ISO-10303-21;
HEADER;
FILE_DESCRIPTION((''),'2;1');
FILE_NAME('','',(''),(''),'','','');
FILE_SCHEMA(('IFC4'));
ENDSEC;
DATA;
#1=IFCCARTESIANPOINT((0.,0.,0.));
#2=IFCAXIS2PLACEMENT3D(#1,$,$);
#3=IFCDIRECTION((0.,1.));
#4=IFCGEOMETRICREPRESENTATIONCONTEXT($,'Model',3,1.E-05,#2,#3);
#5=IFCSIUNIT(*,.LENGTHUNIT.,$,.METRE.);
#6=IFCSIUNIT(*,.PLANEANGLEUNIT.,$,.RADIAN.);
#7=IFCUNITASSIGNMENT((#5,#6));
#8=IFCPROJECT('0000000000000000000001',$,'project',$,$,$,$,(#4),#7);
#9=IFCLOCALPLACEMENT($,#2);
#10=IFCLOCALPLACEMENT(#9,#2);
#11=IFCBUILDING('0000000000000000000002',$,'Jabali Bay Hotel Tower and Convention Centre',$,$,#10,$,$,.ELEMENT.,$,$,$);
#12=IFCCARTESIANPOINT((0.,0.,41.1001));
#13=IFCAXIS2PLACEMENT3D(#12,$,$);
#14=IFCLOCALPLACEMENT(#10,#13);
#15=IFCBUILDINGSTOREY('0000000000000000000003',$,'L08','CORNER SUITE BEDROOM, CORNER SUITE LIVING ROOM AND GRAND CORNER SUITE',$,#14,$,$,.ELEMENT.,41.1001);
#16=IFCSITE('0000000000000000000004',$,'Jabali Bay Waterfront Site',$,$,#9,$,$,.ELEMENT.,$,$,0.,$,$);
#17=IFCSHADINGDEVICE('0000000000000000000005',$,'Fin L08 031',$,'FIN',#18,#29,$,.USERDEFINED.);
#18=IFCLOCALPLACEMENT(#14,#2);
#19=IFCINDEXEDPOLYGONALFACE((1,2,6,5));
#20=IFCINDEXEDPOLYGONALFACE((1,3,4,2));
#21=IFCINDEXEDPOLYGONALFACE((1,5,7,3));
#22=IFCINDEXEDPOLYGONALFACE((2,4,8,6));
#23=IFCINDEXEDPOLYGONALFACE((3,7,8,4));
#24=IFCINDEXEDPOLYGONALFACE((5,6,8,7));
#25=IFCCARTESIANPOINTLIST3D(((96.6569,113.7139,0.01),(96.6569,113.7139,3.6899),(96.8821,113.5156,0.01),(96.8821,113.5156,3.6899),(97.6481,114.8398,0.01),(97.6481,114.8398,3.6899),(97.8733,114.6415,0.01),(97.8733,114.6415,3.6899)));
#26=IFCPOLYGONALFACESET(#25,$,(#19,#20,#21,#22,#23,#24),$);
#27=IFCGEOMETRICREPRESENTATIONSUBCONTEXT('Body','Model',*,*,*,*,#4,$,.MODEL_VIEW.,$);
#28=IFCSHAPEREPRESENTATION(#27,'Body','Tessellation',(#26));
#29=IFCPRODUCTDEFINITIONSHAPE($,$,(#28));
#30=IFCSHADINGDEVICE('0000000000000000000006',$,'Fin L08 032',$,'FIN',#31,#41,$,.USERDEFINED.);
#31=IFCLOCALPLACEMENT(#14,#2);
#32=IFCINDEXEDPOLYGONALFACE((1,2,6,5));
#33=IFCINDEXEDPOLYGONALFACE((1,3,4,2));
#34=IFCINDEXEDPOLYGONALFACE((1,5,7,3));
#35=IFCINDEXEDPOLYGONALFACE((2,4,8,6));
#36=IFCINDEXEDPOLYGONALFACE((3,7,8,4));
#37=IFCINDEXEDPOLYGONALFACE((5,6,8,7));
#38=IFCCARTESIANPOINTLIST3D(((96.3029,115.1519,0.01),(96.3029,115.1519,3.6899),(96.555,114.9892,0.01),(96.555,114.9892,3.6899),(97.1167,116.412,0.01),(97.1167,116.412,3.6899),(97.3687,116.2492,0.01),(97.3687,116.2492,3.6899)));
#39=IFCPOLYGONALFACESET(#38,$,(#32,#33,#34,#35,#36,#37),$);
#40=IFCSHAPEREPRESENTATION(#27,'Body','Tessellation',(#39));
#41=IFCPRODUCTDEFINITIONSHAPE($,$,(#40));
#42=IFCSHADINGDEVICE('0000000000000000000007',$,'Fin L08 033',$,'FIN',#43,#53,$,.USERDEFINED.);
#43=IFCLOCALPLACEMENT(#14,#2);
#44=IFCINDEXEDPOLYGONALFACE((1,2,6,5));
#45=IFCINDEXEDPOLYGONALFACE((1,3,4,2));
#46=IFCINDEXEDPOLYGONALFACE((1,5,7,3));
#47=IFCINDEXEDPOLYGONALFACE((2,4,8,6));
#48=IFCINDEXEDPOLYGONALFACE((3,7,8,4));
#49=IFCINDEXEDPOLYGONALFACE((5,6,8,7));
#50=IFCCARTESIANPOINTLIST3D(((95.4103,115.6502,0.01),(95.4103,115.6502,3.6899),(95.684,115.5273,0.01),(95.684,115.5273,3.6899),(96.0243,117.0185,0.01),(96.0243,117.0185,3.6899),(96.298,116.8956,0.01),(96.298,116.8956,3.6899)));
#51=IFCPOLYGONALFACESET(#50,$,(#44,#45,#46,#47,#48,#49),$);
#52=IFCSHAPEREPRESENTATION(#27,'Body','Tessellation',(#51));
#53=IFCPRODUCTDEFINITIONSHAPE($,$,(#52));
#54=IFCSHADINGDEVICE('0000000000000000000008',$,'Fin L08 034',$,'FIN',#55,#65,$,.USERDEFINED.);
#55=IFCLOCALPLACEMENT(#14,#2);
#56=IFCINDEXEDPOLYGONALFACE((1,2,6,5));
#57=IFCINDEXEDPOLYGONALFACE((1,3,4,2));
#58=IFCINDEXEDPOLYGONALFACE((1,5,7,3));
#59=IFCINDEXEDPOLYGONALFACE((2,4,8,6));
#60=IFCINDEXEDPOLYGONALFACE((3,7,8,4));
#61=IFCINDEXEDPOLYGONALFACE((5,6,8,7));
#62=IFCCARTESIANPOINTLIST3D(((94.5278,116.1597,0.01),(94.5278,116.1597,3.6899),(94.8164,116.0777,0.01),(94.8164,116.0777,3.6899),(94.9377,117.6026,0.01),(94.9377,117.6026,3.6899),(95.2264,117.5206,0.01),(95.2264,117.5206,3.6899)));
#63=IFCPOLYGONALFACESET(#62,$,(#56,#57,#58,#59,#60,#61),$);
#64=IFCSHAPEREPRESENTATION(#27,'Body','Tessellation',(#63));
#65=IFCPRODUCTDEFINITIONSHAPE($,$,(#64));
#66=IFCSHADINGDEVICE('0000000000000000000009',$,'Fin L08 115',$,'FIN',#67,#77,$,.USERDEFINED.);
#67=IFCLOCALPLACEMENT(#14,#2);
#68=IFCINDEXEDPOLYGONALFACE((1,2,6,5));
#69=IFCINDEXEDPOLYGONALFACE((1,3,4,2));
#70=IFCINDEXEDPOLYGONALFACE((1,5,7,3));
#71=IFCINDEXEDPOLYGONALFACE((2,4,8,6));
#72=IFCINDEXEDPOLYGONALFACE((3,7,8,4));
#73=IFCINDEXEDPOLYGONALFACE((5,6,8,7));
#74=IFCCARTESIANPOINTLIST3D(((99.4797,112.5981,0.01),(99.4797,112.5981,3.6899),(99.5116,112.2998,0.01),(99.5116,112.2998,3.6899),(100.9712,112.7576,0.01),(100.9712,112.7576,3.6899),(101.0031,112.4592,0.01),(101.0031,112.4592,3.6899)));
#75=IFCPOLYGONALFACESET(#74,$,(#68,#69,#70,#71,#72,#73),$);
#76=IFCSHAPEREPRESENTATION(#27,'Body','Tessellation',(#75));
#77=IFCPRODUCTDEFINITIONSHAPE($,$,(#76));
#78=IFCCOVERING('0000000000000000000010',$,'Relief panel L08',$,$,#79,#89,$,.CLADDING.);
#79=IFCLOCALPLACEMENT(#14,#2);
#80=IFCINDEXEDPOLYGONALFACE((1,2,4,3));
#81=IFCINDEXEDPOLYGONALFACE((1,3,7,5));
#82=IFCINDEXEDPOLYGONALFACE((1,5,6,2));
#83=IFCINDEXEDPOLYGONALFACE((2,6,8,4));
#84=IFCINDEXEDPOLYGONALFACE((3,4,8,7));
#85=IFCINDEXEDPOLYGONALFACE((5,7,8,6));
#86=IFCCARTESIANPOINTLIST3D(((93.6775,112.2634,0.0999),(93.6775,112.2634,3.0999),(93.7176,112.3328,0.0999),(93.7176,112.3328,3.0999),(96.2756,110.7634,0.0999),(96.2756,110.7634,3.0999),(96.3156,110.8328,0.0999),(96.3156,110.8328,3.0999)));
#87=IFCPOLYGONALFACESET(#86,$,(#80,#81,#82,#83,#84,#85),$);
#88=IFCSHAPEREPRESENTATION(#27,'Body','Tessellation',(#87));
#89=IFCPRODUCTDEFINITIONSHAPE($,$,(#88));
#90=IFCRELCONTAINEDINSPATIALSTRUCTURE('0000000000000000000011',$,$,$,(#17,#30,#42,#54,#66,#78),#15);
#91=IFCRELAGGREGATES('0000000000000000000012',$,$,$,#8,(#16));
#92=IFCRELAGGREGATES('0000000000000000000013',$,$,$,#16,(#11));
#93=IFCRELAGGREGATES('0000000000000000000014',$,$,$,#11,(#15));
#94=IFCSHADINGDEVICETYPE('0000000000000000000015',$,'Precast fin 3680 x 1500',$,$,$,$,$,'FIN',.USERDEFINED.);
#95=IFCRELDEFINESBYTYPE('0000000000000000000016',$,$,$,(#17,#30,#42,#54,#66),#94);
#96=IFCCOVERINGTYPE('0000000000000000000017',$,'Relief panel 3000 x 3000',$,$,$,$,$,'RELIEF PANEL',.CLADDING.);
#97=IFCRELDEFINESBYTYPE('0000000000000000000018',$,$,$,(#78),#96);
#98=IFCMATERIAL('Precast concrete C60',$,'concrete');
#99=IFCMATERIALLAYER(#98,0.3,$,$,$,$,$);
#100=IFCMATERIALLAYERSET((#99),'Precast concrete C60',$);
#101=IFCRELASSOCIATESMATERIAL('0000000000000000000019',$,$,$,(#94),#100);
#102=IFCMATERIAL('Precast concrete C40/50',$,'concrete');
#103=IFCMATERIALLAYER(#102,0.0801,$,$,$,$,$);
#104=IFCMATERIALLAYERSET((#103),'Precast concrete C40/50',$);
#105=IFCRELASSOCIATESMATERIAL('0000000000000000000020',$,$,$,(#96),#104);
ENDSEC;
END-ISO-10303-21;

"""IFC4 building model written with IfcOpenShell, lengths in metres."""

from ifc_helpers import new_model, si_unit, direction, frame, frame_2d, origin, origin_2d, place, context, subcontext, project, spatial, rectangle, extrude, material, layer, layer_set, type_object, element, save


model = new_model("IFC4")

# Units and contexts
model_context = context("Model", 3, precision=1e-05, world=origin(), true_north=direction((0.0, 1.0)))
body_context = subcontext(model_context, "Body", "Model", "MODEL_VIEW")
ifc_project = project(units=[si_unit("LENGTHUNIT", "METRE"), si_unit("PLANEANGLEUNIT", "RADIAN")], contexts=[model_context])

# Site, building, storey
site_placement = place(None, origin())
site = spatial("IfcSite", under=ifc_project, at=site_placement, Name="Jabali Bay Waterfront Site", CompositionType="ELEMENT", RefElevation=0.0)
building_placement = place(site_placement, origin())
building = spatial("IfcBuilding", under=site, at=building_placement, Name="Jabali Bay Hotel Tower and Convention Centre", CompositionType="ELEMENT")
storey_placement = place(building_placement, frame((0.0, 0.0, 41.1001)))
storey = spatial("IfcBuildingStorey", under=building, at=storey_placement, Name="L08", Description="CORNER SUITE BEDROOM, CORNER SUITE LIVING ROOM AND GRAND CORNER SUITE", CompositionType="ELEMENT", Elevation=41.1001)

# Shading devices
ifc_material_1 = material(Name="Precast concrete C60", Category="concrete")
ifc_layer_1 = layer(ifc_material_1, 0.3)
ifc_layer_set_1 = layer_set([ifc_layer_1], Name="Precast concrete C60")
shading_device_type = type_object("IfcShadingDeviceType", Name="Precast fin 3680 x 1500", ElementType="FIN", PredefinedType="USERDEFINED", material=ifc_layer_set_1)
for number, where, z_axis, x_axis, name in (
    (1, (96.7695, 113.6147, 0.01), (0.0, 0.0, 1.0), (0.66076, 0.750597, 0.0), "Fin L08 031"),
    (2, (96.429, 115.0706, 0.01), (0.0, 0.0, 1.0), (0.542509, 0.84005, 0.0), "Fin L08 032"),
):
    element("IfcShadingDevice", number, at=place(storey_placement, frame(where, z_axis=z_axis, x_axis=x_axis)), inside=storey, type_object=shading_device_type, Name=name, ObjectType="FIN", PredefinedType="USERDEFINED", context=body_context, shape_type="SweptSolid", body=[
        extrude(rectangle(XDim=1.5, YDim=0.3, at=frame_2d((0.75, 0.0))), origin(), (0.0, 0.0, 1.0), 3.6799),
    ])
shading_device_placement = place(storey_placement, frame((95.5471, 115.5886, 0.01), z_axis=(0.0, 0.0, 1.0), x_axis=(0.409383, 0.912363, 0.0)))
element("IfcShadingDevice", 3, at=shading_device_placement, inside=storey, type_object=shading_device_type, Name="Fin L08 033", ObjectType="FIN", PredefinedType="USERDEFINED", context=body_context, shape_type="SweptSolid", body=[
    extrude(rectangle(XDim=1.4998, YDim=0.3, at=frame_2d((0.75, 0.0))), origin(), (0.0, 0.0, 1.0), 3.6799),
])
for number, where, z_axis, x_axis, name in (
    (4, (94.6721, 116.1187, 0.01), (0.0, 0.0, 1.0), (0.273281, 0.961934, 0.0), "Fin L08 034"),
    (5, (99.4956, 112.449, 0.01), (0.0, 0.0, 1.0), (0.994336, 0.106286, 0.0), "Fin L08 115"),
):
    element("IfcShadingDevice", number, at=place(storey_placement, frame(where, z_axis=z_axis, x_axis=x_axis)), inside=storey, type_object=shading_device_type, Name=name, ObjectType="FIN", PredefinedType="USERDEFINED", context=body_context, shape_type="SweptSolid", body=[
        extrude(rectangle(XDim=1.5, YDim=0.3, at=frame_2d((0.75, 0.0))), origin(), (0.0, 0.0, 1.0), 3.6799),
    ])

# Covering
ifc_material_2 = material(Name="Precast concrete C40/50", Category="concrete")
ifc_layer_2 = layer(ifc_material_2, 0.0801)
ifc_layer_set_2 = layer_set([ifc_layer_2], Name="Precast concrete C40/50")
covering_type = type_object("IfcCoveringType", Name="Relief panel 3000 x 3000", ElementType="RELIEF PANEL", PredefinedType="CLADDING", material=ifc_layer_set_2)
covering_placement = place(storey_placement, frame((94.9966, 111.5481, 0.0999), z_axis=(0.0, 0.0, 1.0), x_axis=(0.866025, -0.5, 0.0)))
element("IfcCovering", 6, at=covering_placement, inside=storey, type_object=covering_type, Name="Relief panel L08", PredefinedType="CLADDING", context=body_context, shape_type="SweptSolid", body=[
    extrude(rectangle(XDim=3.0, YDim=0.0801, at=origin_2d()), origin(), (0.0, 0.0, 1.0), 3.0),
])

save(model, "model.ifc")
